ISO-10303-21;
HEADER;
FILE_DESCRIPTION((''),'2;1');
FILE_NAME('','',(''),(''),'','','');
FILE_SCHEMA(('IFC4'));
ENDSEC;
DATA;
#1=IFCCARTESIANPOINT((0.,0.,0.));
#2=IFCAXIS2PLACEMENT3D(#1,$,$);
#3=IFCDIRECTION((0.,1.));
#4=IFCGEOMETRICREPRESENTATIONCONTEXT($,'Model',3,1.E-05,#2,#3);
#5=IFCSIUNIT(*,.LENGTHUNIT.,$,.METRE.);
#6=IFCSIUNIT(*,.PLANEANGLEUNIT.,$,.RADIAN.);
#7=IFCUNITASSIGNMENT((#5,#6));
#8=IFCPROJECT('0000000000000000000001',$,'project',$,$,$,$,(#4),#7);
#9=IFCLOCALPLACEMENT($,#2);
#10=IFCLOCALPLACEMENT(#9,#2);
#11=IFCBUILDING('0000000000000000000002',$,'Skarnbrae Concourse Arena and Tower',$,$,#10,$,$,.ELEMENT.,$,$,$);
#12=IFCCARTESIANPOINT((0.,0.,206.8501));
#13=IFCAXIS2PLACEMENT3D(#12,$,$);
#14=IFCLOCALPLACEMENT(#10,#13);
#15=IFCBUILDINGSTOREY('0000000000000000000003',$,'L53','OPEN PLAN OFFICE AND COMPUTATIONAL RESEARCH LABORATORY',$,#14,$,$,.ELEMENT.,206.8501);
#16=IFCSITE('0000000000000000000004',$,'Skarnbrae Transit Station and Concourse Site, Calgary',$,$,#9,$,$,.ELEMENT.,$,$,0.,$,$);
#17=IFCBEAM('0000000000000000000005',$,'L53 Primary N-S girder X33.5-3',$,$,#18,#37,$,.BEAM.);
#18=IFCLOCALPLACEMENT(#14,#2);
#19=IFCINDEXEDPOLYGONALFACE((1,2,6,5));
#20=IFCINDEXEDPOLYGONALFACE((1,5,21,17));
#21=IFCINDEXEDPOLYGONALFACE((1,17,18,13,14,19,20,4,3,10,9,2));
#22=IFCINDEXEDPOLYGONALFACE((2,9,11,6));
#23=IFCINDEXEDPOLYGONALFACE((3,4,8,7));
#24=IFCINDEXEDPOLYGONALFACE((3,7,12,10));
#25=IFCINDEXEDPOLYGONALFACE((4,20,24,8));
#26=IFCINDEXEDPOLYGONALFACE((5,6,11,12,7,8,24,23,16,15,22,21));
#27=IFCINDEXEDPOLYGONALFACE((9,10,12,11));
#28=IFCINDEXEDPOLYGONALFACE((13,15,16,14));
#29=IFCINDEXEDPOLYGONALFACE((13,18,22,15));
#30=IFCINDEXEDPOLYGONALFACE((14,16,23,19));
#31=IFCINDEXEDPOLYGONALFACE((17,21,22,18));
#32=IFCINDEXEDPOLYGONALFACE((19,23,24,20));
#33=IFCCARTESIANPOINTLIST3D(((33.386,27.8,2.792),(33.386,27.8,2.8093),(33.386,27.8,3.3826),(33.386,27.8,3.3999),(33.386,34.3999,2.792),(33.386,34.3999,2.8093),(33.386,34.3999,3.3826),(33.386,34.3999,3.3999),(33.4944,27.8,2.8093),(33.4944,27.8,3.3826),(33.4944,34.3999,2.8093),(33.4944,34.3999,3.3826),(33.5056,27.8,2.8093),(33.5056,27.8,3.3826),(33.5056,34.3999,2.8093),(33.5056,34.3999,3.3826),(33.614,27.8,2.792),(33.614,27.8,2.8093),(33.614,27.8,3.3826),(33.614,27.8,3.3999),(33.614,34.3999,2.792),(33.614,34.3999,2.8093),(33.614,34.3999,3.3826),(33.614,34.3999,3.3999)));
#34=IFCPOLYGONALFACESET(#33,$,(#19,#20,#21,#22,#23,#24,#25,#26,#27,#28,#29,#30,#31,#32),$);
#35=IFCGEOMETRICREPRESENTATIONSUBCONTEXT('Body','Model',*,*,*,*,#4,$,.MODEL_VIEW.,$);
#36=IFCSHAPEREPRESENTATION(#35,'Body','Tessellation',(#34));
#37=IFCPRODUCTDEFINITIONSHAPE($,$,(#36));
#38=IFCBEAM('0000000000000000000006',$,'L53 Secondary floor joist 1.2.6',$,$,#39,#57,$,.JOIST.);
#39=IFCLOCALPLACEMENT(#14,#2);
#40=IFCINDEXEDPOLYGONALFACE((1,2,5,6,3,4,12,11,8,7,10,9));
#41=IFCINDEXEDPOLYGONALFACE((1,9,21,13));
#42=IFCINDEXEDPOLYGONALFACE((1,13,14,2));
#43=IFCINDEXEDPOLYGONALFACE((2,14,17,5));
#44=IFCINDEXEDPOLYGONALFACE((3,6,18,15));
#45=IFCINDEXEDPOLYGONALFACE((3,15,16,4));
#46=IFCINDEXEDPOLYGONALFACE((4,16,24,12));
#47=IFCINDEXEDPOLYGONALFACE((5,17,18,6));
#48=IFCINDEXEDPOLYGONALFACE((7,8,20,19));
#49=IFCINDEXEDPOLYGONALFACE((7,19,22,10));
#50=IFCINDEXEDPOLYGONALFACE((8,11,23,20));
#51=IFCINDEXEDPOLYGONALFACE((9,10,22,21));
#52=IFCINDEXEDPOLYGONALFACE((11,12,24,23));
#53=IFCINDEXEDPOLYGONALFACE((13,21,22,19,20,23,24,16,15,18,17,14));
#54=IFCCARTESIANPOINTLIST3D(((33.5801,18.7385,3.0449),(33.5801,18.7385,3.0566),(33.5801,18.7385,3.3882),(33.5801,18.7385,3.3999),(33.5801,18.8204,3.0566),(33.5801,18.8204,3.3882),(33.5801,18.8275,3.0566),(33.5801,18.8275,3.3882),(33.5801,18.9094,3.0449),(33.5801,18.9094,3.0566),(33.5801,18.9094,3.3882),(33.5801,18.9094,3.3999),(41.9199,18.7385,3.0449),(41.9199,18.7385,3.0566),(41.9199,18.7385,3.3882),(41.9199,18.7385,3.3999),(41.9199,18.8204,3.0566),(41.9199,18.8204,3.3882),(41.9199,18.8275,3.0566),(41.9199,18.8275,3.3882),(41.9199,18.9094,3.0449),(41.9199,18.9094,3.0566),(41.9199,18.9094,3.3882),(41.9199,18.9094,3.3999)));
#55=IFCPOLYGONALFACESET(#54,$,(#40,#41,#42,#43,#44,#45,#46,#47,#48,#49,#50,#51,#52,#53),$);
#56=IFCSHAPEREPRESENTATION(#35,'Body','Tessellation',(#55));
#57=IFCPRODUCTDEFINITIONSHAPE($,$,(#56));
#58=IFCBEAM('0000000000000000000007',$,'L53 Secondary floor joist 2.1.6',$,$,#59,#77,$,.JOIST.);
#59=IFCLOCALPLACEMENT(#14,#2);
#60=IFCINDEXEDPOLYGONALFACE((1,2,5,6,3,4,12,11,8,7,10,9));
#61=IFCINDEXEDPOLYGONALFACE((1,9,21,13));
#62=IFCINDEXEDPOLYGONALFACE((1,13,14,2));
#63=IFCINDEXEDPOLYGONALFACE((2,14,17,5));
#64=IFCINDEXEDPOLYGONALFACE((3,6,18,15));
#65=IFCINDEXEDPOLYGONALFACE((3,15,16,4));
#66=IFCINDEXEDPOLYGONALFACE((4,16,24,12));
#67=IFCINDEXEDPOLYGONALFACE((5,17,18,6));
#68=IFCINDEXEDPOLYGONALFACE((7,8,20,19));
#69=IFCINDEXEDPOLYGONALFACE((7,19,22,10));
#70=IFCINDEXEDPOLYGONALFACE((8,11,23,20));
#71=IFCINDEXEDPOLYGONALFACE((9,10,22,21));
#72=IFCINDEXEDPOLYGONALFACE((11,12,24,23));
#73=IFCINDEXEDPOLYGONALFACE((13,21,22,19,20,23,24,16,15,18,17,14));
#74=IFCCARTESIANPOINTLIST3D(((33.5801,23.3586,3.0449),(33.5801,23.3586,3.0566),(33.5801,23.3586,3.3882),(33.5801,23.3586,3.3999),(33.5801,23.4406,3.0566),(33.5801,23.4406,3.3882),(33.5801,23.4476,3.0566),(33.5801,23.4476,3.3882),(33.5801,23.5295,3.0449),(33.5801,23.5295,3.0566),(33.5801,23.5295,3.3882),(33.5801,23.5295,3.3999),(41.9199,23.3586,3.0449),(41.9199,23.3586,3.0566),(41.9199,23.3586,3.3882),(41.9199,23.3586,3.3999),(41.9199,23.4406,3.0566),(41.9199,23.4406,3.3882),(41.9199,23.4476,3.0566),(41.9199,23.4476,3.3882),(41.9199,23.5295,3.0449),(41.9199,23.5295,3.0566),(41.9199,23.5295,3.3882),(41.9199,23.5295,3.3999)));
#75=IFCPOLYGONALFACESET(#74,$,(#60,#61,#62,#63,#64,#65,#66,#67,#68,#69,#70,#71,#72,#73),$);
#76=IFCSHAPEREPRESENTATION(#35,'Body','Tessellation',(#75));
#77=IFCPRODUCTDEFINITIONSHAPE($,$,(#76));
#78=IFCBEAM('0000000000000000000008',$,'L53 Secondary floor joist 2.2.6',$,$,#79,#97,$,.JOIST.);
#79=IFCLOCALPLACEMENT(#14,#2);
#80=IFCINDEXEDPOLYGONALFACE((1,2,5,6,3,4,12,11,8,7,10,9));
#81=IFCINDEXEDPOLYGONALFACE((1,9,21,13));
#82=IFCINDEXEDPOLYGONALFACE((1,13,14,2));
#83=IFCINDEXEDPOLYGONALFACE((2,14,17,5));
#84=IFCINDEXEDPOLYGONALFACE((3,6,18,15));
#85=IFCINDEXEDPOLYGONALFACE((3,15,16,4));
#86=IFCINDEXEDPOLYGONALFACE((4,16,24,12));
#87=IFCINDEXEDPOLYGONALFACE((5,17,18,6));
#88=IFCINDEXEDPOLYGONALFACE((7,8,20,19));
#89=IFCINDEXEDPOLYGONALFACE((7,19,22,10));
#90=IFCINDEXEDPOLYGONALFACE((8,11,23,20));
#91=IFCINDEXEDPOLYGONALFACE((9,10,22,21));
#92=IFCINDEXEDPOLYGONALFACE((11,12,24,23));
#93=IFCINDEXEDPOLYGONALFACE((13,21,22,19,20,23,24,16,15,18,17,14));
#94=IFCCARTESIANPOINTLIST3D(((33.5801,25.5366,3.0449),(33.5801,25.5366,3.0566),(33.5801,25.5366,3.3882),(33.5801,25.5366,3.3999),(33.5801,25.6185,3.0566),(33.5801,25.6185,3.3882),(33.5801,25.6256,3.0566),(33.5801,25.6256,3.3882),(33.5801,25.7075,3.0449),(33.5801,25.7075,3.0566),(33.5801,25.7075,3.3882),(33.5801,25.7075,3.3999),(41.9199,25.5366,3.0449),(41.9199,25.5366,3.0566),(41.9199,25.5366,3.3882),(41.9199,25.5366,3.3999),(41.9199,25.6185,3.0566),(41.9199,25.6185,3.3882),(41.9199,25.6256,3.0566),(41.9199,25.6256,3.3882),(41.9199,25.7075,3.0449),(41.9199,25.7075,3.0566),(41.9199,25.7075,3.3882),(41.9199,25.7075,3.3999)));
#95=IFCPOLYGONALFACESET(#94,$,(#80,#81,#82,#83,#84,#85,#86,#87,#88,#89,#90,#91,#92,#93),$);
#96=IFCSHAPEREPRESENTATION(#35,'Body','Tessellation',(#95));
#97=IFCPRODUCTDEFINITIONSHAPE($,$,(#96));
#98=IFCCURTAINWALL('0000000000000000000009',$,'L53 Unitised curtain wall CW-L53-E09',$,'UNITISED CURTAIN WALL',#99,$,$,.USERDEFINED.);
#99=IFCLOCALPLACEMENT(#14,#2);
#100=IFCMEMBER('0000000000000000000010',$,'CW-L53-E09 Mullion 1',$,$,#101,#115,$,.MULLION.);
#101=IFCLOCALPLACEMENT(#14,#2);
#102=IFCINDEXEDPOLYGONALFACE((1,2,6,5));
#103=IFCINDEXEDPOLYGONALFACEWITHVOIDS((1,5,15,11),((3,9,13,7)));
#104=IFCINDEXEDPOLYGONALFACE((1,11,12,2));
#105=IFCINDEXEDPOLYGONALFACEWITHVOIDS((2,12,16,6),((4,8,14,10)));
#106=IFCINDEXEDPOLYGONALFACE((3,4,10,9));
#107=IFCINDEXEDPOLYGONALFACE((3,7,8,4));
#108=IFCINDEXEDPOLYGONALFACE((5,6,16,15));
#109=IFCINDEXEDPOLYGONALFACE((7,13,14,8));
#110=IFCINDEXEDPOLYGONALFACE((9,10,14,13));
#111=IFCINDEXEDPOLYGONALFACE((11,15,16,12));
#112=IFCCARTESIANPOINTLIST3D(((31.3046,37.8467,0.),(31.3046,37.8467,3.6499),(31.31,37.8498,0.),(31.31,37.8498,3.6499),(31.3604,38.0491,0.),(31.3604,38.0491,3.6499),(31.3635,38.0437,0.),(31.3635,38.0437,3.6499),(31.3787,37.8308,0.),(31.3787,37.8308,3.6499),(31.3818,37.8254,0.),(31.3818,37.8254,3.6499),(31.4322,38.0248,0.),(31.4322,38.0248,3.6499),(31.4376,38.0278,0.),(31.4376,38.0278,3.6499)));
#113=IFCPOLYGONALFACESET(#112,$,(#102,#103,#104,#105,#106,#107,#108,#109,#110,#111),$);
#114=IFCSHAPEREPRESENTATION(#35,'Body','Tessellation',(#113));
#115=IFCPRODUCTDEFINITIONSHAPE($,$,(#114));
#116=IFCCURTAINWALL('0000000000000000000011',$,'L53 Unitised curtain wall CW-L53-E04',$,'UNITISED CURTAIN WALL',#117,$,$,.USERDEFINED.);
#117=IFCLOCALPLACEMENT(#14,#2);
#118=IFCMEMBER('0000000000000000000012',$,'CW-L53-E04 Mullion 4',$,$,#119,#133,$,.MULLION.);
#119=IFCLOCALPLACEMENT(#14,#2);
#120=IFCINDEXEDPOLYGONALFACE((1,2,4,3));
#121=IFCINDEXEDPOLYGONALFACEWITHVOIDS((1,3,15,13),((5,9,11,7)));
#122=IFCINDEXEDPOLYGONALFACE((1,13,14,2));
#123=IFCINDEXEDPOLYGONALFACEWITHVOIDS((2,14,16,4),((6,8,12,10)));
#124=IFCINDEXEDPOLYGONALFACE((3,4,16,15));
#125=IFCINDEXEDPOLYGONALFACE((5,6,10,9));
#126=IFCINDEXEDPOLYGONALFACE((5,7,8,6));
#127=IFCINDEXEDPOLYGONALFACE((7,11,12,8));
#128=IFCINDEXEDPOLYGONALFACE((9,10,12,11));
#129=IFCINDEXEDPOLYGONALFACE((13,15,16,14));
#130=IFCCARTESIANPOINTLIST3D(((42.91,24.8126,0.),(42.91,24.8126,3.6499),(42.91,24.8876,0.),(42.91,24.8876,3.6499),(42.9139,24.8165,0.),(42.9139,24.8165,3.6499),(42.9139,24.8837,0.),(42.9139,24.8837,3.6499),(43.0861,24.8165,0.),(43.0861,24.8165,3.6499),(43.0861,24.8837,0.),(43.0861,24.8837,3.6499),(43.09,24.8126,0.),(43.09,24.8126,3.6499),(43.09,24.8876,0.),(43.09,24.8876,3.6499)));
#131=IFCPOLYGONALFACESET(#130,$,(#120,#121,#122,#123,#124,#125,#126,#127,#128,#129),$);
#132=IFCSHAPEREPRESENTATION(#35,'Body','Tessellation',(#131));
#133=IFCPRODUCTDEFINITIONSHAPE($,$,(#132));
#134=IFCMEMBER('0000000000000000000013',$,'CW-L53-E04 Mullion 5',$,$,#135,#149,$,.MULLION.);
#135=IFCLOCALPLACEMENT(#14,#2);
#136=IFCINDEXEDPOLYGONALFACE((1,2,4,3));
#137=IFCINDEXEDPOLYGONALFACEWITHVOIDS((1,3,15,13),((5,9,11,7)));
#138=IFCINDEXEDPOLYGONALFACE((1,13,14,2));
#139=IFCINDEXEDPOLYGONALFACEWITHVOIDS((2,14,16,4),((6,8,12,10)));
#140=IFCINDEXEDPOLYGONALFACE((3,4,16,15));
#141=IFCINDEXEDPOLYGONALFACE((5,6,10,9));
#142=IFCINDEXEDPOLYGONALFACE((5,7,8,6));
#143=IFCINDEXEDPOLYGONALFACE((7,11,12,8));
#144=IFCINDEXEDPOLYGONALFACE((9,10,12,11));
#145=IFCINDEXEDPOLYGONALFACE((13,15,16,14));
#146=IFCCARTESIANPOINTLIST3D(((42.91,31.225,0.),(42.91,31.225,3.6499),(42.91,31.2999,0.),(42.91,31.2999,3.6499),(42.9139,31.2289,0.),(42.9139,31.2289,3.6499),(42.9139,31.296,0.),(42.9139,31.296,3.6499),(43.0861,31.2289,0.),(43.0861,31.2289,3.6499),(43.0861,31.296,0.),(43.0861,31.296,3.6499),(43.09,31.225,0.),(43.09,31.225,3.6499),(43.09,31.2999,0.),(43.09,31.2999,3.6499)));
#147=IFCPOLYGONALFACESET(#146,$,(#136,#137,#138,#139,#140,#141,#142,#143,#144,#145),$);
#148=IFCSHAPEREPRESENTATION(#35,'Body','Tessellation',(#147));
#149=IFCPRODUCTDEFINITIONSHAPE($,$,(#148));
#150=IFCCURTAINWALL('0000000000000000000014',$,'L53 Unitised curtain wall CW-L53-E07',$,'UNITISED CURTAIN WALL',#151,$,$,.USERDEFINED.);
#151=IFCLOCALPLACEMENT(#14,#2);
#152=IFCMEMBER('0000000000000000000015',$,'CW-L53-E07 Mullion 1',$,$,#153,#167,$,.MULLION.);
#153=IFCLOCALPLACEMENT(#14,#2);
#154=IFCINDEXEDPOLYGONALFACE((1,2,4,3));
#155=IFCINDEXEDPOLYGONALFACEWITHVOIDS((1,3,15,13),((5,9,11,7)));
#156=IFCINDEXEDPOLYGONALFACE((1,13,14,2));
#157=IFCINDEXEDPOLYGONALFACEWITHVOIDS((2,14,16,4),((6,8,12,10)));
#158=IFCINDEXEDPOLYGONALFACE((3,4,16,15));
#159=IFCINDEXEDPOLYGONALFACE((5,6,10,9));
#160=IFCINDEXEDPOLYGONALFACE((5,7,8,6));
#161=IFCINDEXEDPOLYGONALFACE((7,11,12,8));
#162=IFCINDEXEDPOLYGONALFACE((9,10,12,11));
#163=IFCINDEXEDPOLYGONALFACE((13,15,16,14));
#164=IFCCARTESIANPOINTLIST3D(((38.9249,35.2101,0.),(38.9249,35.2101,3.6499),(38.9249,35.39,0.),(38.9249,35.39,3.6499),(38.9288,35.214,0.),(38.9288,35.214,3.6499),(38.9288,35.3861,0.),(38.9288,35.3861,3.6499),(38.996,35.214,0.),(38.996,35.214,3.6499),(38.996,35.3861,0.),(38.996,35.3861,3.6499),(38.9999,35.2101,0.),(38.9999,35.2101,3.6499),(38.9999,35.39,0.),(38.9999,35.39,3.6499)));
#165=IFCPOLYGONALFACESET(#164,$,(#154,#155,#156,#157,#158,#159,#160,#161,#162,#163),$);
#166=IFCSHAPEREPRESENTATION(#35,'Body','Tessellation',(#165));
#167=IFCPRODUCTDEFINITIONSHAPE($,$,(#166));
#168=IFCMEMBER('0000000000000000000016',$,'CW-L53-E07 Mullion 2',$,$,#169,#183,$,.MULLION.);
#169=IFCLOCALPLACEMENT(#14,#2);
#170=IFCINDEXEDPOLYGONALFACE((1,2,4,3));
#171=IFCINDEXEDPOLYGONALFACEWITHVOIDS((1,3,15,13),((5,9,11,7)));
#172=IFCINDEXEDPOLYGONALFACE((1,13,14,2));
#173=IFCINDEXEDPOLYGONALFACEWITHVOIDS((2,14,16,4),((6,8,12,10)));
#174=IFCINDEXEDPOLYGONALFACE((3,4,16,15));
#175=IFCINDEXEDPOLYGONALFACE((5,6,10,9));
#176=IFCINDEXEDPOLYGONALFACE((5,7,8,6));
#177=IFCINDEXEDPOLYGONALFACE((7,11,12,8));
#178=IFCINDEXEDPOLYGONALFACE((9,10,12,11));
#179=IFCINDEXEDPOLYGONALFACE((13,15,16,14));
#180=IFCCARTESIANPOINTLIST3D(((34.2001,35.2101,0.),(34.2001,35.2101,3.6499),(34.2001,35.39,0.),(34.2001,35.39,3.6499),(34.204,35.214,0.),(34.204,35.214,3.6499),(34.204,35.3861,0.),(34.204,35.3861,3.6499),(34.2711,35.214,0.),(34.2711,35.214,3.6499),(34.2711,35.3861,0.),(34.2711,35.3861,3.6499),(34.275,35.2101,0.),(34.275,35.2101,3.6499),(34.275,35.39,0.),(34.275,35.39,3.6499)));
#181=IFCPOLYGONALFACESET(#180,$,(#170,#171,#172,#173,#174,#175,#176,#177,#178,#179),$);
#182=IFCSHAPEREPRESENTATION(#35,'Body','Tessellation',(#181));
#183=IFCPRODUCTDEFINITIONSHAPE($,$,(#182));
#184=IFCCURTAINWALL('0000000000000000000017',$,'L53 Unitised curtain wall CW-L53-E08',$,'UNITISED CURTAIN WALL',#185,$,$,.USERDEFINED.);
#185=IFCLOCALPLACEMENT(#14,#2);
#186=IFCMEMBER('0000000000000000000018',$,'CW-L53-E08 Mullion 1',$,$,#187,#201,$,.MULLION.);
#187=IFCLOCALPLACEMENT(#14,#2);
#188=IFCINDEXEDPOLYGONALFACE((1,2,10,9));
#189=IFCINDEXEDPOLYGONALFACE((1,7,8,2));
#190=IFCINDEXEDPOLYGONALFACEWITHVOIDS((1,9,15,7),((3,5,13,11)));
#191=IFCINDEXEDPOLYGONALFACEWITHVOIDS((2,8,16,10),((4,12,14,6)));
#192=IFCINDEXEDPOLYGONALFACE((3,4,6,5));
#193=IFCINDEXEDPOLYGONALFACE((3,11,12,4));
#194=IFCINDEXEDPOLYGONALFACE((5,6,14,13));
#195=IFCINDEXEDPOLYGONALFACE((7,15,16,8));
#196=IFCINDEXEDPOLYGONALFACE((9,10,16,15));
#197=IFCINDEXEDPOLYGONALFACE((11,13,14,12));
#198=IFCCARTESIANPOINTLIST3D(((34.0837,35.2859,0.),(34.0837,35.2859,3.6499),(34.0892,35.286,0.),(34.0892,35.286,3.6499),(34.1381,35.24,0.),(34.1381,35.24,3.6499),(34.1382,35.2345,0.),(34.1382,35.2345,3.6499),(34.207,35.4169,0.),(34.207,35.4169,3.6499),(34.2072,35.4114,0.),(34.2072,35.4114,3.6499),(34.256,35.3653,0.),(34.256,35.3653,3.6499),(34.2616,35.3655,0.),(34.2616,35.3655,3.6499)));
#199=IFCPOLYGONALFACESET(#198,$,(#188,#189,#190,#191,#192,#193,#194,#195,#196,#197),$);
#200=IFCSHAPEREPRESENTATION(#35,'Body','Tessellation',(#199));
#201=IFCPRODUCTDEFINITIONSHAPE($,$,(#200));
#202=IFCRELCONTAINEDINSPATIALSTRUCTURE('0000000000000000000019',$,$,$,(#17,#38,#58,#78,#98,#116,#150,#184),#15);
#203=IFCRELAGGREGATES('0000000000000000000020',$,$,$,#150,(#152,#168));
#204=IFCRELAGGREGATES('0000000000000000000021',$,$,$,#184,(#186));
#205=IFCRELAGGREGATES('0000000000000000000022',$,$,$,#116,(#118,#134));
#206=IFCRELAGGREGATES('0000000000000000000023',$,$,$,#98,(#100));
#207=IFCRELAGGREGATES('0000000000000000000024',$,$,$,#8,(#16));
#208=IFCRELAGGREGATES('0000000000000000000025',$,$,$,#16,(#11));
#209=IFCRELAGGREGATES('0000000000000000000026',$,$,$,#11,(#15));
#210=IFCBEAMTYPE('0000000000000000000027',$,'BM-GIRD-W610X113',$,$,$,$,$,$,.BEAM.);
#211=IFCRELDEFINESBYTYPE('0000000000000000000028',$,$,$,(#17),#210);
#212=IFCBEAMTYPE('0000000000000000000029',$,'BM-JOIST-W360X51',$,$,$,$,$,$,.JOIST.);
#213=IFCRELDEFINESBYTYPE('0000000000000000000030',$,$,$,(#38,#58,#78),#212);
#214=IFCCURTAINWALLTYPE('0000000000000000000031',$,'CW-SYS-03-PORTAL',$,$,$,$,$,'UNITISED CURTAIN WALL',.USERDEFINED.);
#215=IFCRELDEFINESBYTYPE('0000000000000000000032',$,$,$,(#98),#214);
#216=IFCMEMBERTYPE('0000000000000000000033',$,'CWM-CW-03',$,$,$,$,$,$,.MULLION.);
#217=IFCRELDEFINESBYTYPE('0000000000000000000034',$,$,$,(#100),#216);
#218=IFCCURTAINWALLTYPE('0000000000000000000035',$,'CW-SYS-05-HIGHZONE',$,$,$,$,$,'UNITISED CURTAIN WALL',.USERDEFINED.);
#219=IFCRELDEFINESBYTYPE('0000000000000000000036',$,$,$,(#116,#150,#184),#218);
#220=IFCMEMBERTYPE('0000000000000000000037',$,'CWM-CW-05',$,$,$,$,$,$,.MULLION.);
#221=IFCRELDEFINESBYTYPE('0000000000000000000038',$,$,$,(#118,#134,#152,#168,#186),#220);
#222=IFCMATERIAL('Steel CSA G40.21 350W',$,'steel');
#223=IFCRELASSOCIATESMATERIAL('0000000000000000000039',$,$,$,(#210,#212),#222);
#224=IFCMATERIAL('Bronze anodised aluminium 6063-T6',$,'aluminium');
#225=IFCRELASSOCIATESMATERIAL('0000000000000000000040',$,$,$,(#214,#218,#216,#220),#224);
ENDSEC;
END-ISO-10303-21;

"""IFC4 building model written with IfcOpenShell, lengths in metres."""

from ifc_helpers import new_model, si_unit, direction, frame, origin, origin_2d, place, context, subcontext, project, spatial, hollow_rectangle, i_section, extrude, source, transform, mapped, material, material_profile, profile_set, type_object, element, aggregate, save


model = new_model("IFC4")

# Units and contexts
model_context = context("Model", 3, precision=1e-05, world=origin(), true_north=direction((0.0, 1.0)))
body_context = subcontext(model_context, "Body", "Model", "MODEL_VIEW")
ifc_project = project(units=[si_unit("LENGTHUNIT", "METRE"), si_unit("PLANEANGLEUNIT", "RADIAN")], contexts=[model_context])

# Site, building, storey
site_placement = place(None, origin())
site = spatial("IfcSite", under=ifc_project, at=site_placement, Name="Skarnbrae Transit Station and Concourse Site, Calgary", CompositionType="ELEMENT", RefElevation=0.0)
building_placement = place(site_placement, origin())
building = spatial("IfcBuilding", under=site, at=building_placement, Name="Skarnbrae Concourse Arena and Tower", CompositionType="ELEMENT")
storey_placement = place(building_placement, frame((0.0, 0.0, 206.8501)))
storey = spatial("IfcBuildingStorey", under=building, at=storey_placement, Name="L53", Description="OPEN PLAN OFFICE AND COMPUTATIONAL RESEARCH LABORATORY", CompositionType="ELEMENT", Elevation=206.8501)

# Shared definitions
ifc_material_1 = material(Name="Steel CSA G40.21 350W", Category="steel")

# Beams
ifc_material_profile_1 = material_profile(ifc_material_1, i_section(OverallWidth=0.228, OverallDepth=0.6079, WebThickness=0.0112, FlangeThickness=0.0173, at=origin_2d()), Name="W610X113")
ifc_profile_set_1 = profile_set([ifc_material_profile_1], Name="Steel CSA G40.21 350W")
beam_type_1 = type_object("IfcBeamType", Name="BM-GIRD-W610X113", PredefinedType="BEAM", material=ifc_profile_set_1)
shared_shape_1 = source(origin(), body_context, "Body", "SweptSolid", [
    extrude(i_section(OverallWidth=0.228, OverallDepth=0.6079, WebThickness=0.0112, FlangeThickness=0.0173, at=origin_2d()), origin(), (0.0, 0.0, 1.0), 6.5999),
])
beam_1_placement = place(storey_placement, frame((33.5, 27.8, 3.0959), z_axis=(0.0, 1.0, 0.0), x_axis=(-1.0, 0.0, 0.0)))
element("IfcBeam", 1, at=beam_1_placement, inside=storey, type_object=beam_type_1, Name="L53 Primary N-S girder X33.5-3", PredefinedType="BEAM", context=body_context, shape_type="MappedRepresentation", body=[
    mapped(shared_shape_1, transform((0.0, 0.0, 0.0))),
])
ifc_material_profile_2 = material_profile(ifc_material_1, i_section(OverallWidth=0.1709, OverallDepth=0.355, WebThickness=0.0071, FlangeThickness=0.0117, at=origin_2d()), Name="W360X51")
ifc_profile_set_2 = profile_set([ifc_material_profile_2], Name="Steel CSA G40.21 350W")
beam_type_2 = type_object("IfcBeamType", Name="BM-JOIST-W360X51", PredefinedType="JOIST", material=ifc_profile_set_2)
shared_shape_2 = source(origin(), body_context, "Body", "SweptSolid", [
    extrude(i_section(OverallWidth=0.1709, OverallDepth=0.355, WebThickness=0.0071, FlangeThickness=0.0117, at=origin_2d()), origin(), (0.0, 0.0, 1.0), 8.3398),
])
for number, where, z_axis, x_axis, name in (
    (2, (33.5801, 18.824, 3.2224), (1.0, 0.0, 0.0), (0.0, 1.0, 0.0), "L53 Secondary floor joist 1.2.6"),
    (3, (33.5801, 23.4441, 3.2224), (1.0, 0.0, 0.0), (0.0, 1.0, 0.0), "L53 Secondary floor joist 2.1.6"),
    (4, (33.5801, 25.6221, 3.2224), (1.0, 0.0, 0.0), (0.0, 1.0, 0.0), "L53 Secondary floor joist 2.2.6"),
):
    element("IfcBeam", number, at=place(storey_placement, frame(where, z_axis=z_axis, x_axis=x_axis)), inside=storey, type_object=beam_type_2, Name=name, PredefinedType="JOIST", context=body_context, shape_type="MappedRepresentation", body=[
        mapped(shared_shape_2, transform((0.0, 0.0, 0.0))),
    ])

# Curtain wall, member
ifc_material_2 = material(Name="Bronze anodised aluminium 6063-T6", Category="aluminium")
curtain_wall_type_1 = type_object("IfcCurtainWallType", Name="CW-SYS-03-PORTAL", ElementType="UNITISED CURTAIN WALL", PredefinedType="USERDEFINED", material=ifc_material_2)
curtain_wall_1_placement = place(storey_placement, origin())
curtain_wall_1 = element("IfcCurtainWall", 5, at=curtain_wall_1_placement, inside=storey, type_object=curtain_wall_type_1, Name="L53 Unitised curtain wall CW-L53-E09", ObjectType="UNITISED CURTAIN WALL", PredefinedType="USERDEFINED")
ifc_material_profile_3 = material_profile(ifc_material_2, hollow_rectangle(XDim=0.0801, YDim=0.21, WallThickness=0.0044, at=origin_2d()), Name="ALU-MULL-80X210")
ifc_profile_set_3 = profile_set([ifc_material_profile_3], Name="Bronze anodised aluminium 6063-T6")
member_type_1 = type_object("IfcMemberType", Name="CWM-CW-03", PredefinedType="MULLION", material=ifc_profile_set_3)
shared_shape_3 = source(origin(), body_context, "Body", "SweptSolid", [
    extrude(hollow_rectangle(XDim=0.0801, YDim=0.21, WallThickness=0.0044, at=origin_2d()), origin(), (0.0, 0.0, 1.0), 3.6499),
])
member_1_placement = place(storey_placement, frame((31.3711, 37.9373, 0.0), z_axis=(0.0, 0.0, 1.0), x_axis=(-0.964057, 0.265694, 0.0)))
member_1 = element("IfcMember", 6, at=member_1_placement, type_object=member_type_1, Name="CW-L53-E09 Mullion 1", PredefinedType="MULLION", context=body_context, shape_type="MappedRepresentation", body=[
    mapped(shared_shape_3, transform((0.0, 0.0, 0.0))),
])

# Curtain walls, members
curtain_wall_type_2 = type_object("IfcCurtainWallType", Name="CW-SYS-05-HIGHZONE", ElementType="UNITISED CURTAIN WALL", PredefinedType="USERDEFINED", material=ifc_material_2)
curtain_wall_2_placement = place(storey_placement, origin())
curtain_wall_2 = element("IfcCurtainWall", 7, at=curtain_wall_2_placement, inside=storey, type_object=curtain_wall_type_2, Name="L53 Unitised curtain wall CW-L53-E04", ObjectType="UNITISED CURTAIN WALL", PredefinedType="USERDEFINED")
ifc_material_profile_4 = material_profile(ifc_material_2, hollow_rectangle(XDim=0.075, YDim=0.1799, WallThickness=0.0039, at=origin_2d()), Name="ALU-MULL-75X180")
ifc_profile_set_4 = profile_set([ifc_material_profile_4], Name="Bronze anodised aluminium 6063-T6")
member_type_2 = type_object("IfcMemberType", Name="CWM-CW-05", PredefinedType="MULLION", material=ifc_profile_set_4)
shared_shape_4 = source(origin(), body_context, "Body", "SweptSolid", [
    extrude(hollow_rectangle(XDim=0.075, YDim=0.1799, WallThickness=0.0039, at=origin_2d()), origin(), (0.0, 0.0, 1.0), 3.6499),
])
member_2_placement = place(storey_placement, frame((43.0, 24.8501, 0.0), z_axis=(0.0, 0.0, 1.0), x_axis=(0.0, 1.0, 0.0)))
member_2 = element("IfcMember", 8, at=member_2_placement, type_object=member_type_2, Name="CW-L53-E04 Mullion 4", PredefinedType="MULLION", context=body_context, shape_type="MappedRepresentation", body=[
    mapped(shared_shape_4, transform((0.0, 0.0, 0.0))),
])
member_3_placement = place(storey_placement, frame((43.0, 31.2625, 0.0), z_axis=(0.0, 0.0, 1.0), x_axis=(0.0, 1.0, 0.0)))
member_3 = element("IfcMember", 9, at=member_3_placement, type_object=member_type_2, Name="CW-L53-E04 Mullion 5", PredefinedType="MULLION", context=body_context, shape_type="MappedRepresentation", body=[
    mapped(shared_shape_4, transform((0.0, 0.0, 0.0))),
])
curtain_wall_3_placement = place(storey_placement, origin())
curtain_wall_3 = element("IfcCurtainWall", 10, at=curtain_wall_3_placement, inside=storey, type_object=curtain_wall_type_2, Name="L53 Unitised curtain wall CW-L53-E07", ObjectType="UNITISED CURTAIN WALL", PredefinedType="USERDEFINED")
member_4_placement = place(storey_placement, frame((38.9624, 35.3, 0.0), z_axis=(0.0, 0.0, 1.0), x_axis=(-1.0, 0.0, 0.0)))
member_4 = element("IfcMember", 11, at=member_4_placement, type_object=member_type_2, Name="CW-L53-E07 Mullion 1", PredefinedType="MULLION", context=body_context, shape_type="MappedRepresentation", body=[
    mapped(shared_shape_4, transform((0.0, 0.0, 0.0))),
])
member_5_placement = place(storey_placement, frame((34.2375, 35.3, 0.0), z_axis=(0.0, 0.0, 1.0), x_axis=(-1.0, 0.0, 0.0)))
member_5 = element("IfcMember", 12, at=member_5_placement, type_object=member_type_2, Name="CW-L53-E07 Mullion 2", PredefinedType="MULLION", context=body_context, shape_type="MappedRepresentation", body=[
    mapped(shared_shape_4, transform((0.0, 0.0, 0.0))),
])
curtain_wall_4_placement = place(storey_placement, origin())
curtain_wall_4 = element("IfcCurtainWall", 13, at=curtain_wall_4_placement, inside=storey, type_object=curtain_wall_type_2, Name="L53 Unitised curtain wall CW-L53-E08", ObjectType="UNITISED CURTAIN WALL", PredefinedType="USERDEFINED")
member_6_placement = place(storey_placement, frame((34.1726, 35.3257, 0.0), z_axis=(0.0, 0.0, 1.0), x_axis=(-0.728131, 0.685438, 0.0)))
member_6 = element("IfcMember", 14, at=member_6_placement, type_object=member_type_2, Name="CW-L53-E08 Mullion 1", PredefinedType="MULLION", context=body_context, shape_type="MappedRepresentation", body=[
    mapped(shared_shape_4, transform((0.0, 0.0, 0.0))),
])

aggregate(curtain_wall_3, [member_4, member_5])
aggregate(curtain_wall_4, [member_6])
aggregate(curtain_wall_2, [member_2, member_3])
aggregate(curtain_wall_1, [member_1])

save(model, "model.ifc")
